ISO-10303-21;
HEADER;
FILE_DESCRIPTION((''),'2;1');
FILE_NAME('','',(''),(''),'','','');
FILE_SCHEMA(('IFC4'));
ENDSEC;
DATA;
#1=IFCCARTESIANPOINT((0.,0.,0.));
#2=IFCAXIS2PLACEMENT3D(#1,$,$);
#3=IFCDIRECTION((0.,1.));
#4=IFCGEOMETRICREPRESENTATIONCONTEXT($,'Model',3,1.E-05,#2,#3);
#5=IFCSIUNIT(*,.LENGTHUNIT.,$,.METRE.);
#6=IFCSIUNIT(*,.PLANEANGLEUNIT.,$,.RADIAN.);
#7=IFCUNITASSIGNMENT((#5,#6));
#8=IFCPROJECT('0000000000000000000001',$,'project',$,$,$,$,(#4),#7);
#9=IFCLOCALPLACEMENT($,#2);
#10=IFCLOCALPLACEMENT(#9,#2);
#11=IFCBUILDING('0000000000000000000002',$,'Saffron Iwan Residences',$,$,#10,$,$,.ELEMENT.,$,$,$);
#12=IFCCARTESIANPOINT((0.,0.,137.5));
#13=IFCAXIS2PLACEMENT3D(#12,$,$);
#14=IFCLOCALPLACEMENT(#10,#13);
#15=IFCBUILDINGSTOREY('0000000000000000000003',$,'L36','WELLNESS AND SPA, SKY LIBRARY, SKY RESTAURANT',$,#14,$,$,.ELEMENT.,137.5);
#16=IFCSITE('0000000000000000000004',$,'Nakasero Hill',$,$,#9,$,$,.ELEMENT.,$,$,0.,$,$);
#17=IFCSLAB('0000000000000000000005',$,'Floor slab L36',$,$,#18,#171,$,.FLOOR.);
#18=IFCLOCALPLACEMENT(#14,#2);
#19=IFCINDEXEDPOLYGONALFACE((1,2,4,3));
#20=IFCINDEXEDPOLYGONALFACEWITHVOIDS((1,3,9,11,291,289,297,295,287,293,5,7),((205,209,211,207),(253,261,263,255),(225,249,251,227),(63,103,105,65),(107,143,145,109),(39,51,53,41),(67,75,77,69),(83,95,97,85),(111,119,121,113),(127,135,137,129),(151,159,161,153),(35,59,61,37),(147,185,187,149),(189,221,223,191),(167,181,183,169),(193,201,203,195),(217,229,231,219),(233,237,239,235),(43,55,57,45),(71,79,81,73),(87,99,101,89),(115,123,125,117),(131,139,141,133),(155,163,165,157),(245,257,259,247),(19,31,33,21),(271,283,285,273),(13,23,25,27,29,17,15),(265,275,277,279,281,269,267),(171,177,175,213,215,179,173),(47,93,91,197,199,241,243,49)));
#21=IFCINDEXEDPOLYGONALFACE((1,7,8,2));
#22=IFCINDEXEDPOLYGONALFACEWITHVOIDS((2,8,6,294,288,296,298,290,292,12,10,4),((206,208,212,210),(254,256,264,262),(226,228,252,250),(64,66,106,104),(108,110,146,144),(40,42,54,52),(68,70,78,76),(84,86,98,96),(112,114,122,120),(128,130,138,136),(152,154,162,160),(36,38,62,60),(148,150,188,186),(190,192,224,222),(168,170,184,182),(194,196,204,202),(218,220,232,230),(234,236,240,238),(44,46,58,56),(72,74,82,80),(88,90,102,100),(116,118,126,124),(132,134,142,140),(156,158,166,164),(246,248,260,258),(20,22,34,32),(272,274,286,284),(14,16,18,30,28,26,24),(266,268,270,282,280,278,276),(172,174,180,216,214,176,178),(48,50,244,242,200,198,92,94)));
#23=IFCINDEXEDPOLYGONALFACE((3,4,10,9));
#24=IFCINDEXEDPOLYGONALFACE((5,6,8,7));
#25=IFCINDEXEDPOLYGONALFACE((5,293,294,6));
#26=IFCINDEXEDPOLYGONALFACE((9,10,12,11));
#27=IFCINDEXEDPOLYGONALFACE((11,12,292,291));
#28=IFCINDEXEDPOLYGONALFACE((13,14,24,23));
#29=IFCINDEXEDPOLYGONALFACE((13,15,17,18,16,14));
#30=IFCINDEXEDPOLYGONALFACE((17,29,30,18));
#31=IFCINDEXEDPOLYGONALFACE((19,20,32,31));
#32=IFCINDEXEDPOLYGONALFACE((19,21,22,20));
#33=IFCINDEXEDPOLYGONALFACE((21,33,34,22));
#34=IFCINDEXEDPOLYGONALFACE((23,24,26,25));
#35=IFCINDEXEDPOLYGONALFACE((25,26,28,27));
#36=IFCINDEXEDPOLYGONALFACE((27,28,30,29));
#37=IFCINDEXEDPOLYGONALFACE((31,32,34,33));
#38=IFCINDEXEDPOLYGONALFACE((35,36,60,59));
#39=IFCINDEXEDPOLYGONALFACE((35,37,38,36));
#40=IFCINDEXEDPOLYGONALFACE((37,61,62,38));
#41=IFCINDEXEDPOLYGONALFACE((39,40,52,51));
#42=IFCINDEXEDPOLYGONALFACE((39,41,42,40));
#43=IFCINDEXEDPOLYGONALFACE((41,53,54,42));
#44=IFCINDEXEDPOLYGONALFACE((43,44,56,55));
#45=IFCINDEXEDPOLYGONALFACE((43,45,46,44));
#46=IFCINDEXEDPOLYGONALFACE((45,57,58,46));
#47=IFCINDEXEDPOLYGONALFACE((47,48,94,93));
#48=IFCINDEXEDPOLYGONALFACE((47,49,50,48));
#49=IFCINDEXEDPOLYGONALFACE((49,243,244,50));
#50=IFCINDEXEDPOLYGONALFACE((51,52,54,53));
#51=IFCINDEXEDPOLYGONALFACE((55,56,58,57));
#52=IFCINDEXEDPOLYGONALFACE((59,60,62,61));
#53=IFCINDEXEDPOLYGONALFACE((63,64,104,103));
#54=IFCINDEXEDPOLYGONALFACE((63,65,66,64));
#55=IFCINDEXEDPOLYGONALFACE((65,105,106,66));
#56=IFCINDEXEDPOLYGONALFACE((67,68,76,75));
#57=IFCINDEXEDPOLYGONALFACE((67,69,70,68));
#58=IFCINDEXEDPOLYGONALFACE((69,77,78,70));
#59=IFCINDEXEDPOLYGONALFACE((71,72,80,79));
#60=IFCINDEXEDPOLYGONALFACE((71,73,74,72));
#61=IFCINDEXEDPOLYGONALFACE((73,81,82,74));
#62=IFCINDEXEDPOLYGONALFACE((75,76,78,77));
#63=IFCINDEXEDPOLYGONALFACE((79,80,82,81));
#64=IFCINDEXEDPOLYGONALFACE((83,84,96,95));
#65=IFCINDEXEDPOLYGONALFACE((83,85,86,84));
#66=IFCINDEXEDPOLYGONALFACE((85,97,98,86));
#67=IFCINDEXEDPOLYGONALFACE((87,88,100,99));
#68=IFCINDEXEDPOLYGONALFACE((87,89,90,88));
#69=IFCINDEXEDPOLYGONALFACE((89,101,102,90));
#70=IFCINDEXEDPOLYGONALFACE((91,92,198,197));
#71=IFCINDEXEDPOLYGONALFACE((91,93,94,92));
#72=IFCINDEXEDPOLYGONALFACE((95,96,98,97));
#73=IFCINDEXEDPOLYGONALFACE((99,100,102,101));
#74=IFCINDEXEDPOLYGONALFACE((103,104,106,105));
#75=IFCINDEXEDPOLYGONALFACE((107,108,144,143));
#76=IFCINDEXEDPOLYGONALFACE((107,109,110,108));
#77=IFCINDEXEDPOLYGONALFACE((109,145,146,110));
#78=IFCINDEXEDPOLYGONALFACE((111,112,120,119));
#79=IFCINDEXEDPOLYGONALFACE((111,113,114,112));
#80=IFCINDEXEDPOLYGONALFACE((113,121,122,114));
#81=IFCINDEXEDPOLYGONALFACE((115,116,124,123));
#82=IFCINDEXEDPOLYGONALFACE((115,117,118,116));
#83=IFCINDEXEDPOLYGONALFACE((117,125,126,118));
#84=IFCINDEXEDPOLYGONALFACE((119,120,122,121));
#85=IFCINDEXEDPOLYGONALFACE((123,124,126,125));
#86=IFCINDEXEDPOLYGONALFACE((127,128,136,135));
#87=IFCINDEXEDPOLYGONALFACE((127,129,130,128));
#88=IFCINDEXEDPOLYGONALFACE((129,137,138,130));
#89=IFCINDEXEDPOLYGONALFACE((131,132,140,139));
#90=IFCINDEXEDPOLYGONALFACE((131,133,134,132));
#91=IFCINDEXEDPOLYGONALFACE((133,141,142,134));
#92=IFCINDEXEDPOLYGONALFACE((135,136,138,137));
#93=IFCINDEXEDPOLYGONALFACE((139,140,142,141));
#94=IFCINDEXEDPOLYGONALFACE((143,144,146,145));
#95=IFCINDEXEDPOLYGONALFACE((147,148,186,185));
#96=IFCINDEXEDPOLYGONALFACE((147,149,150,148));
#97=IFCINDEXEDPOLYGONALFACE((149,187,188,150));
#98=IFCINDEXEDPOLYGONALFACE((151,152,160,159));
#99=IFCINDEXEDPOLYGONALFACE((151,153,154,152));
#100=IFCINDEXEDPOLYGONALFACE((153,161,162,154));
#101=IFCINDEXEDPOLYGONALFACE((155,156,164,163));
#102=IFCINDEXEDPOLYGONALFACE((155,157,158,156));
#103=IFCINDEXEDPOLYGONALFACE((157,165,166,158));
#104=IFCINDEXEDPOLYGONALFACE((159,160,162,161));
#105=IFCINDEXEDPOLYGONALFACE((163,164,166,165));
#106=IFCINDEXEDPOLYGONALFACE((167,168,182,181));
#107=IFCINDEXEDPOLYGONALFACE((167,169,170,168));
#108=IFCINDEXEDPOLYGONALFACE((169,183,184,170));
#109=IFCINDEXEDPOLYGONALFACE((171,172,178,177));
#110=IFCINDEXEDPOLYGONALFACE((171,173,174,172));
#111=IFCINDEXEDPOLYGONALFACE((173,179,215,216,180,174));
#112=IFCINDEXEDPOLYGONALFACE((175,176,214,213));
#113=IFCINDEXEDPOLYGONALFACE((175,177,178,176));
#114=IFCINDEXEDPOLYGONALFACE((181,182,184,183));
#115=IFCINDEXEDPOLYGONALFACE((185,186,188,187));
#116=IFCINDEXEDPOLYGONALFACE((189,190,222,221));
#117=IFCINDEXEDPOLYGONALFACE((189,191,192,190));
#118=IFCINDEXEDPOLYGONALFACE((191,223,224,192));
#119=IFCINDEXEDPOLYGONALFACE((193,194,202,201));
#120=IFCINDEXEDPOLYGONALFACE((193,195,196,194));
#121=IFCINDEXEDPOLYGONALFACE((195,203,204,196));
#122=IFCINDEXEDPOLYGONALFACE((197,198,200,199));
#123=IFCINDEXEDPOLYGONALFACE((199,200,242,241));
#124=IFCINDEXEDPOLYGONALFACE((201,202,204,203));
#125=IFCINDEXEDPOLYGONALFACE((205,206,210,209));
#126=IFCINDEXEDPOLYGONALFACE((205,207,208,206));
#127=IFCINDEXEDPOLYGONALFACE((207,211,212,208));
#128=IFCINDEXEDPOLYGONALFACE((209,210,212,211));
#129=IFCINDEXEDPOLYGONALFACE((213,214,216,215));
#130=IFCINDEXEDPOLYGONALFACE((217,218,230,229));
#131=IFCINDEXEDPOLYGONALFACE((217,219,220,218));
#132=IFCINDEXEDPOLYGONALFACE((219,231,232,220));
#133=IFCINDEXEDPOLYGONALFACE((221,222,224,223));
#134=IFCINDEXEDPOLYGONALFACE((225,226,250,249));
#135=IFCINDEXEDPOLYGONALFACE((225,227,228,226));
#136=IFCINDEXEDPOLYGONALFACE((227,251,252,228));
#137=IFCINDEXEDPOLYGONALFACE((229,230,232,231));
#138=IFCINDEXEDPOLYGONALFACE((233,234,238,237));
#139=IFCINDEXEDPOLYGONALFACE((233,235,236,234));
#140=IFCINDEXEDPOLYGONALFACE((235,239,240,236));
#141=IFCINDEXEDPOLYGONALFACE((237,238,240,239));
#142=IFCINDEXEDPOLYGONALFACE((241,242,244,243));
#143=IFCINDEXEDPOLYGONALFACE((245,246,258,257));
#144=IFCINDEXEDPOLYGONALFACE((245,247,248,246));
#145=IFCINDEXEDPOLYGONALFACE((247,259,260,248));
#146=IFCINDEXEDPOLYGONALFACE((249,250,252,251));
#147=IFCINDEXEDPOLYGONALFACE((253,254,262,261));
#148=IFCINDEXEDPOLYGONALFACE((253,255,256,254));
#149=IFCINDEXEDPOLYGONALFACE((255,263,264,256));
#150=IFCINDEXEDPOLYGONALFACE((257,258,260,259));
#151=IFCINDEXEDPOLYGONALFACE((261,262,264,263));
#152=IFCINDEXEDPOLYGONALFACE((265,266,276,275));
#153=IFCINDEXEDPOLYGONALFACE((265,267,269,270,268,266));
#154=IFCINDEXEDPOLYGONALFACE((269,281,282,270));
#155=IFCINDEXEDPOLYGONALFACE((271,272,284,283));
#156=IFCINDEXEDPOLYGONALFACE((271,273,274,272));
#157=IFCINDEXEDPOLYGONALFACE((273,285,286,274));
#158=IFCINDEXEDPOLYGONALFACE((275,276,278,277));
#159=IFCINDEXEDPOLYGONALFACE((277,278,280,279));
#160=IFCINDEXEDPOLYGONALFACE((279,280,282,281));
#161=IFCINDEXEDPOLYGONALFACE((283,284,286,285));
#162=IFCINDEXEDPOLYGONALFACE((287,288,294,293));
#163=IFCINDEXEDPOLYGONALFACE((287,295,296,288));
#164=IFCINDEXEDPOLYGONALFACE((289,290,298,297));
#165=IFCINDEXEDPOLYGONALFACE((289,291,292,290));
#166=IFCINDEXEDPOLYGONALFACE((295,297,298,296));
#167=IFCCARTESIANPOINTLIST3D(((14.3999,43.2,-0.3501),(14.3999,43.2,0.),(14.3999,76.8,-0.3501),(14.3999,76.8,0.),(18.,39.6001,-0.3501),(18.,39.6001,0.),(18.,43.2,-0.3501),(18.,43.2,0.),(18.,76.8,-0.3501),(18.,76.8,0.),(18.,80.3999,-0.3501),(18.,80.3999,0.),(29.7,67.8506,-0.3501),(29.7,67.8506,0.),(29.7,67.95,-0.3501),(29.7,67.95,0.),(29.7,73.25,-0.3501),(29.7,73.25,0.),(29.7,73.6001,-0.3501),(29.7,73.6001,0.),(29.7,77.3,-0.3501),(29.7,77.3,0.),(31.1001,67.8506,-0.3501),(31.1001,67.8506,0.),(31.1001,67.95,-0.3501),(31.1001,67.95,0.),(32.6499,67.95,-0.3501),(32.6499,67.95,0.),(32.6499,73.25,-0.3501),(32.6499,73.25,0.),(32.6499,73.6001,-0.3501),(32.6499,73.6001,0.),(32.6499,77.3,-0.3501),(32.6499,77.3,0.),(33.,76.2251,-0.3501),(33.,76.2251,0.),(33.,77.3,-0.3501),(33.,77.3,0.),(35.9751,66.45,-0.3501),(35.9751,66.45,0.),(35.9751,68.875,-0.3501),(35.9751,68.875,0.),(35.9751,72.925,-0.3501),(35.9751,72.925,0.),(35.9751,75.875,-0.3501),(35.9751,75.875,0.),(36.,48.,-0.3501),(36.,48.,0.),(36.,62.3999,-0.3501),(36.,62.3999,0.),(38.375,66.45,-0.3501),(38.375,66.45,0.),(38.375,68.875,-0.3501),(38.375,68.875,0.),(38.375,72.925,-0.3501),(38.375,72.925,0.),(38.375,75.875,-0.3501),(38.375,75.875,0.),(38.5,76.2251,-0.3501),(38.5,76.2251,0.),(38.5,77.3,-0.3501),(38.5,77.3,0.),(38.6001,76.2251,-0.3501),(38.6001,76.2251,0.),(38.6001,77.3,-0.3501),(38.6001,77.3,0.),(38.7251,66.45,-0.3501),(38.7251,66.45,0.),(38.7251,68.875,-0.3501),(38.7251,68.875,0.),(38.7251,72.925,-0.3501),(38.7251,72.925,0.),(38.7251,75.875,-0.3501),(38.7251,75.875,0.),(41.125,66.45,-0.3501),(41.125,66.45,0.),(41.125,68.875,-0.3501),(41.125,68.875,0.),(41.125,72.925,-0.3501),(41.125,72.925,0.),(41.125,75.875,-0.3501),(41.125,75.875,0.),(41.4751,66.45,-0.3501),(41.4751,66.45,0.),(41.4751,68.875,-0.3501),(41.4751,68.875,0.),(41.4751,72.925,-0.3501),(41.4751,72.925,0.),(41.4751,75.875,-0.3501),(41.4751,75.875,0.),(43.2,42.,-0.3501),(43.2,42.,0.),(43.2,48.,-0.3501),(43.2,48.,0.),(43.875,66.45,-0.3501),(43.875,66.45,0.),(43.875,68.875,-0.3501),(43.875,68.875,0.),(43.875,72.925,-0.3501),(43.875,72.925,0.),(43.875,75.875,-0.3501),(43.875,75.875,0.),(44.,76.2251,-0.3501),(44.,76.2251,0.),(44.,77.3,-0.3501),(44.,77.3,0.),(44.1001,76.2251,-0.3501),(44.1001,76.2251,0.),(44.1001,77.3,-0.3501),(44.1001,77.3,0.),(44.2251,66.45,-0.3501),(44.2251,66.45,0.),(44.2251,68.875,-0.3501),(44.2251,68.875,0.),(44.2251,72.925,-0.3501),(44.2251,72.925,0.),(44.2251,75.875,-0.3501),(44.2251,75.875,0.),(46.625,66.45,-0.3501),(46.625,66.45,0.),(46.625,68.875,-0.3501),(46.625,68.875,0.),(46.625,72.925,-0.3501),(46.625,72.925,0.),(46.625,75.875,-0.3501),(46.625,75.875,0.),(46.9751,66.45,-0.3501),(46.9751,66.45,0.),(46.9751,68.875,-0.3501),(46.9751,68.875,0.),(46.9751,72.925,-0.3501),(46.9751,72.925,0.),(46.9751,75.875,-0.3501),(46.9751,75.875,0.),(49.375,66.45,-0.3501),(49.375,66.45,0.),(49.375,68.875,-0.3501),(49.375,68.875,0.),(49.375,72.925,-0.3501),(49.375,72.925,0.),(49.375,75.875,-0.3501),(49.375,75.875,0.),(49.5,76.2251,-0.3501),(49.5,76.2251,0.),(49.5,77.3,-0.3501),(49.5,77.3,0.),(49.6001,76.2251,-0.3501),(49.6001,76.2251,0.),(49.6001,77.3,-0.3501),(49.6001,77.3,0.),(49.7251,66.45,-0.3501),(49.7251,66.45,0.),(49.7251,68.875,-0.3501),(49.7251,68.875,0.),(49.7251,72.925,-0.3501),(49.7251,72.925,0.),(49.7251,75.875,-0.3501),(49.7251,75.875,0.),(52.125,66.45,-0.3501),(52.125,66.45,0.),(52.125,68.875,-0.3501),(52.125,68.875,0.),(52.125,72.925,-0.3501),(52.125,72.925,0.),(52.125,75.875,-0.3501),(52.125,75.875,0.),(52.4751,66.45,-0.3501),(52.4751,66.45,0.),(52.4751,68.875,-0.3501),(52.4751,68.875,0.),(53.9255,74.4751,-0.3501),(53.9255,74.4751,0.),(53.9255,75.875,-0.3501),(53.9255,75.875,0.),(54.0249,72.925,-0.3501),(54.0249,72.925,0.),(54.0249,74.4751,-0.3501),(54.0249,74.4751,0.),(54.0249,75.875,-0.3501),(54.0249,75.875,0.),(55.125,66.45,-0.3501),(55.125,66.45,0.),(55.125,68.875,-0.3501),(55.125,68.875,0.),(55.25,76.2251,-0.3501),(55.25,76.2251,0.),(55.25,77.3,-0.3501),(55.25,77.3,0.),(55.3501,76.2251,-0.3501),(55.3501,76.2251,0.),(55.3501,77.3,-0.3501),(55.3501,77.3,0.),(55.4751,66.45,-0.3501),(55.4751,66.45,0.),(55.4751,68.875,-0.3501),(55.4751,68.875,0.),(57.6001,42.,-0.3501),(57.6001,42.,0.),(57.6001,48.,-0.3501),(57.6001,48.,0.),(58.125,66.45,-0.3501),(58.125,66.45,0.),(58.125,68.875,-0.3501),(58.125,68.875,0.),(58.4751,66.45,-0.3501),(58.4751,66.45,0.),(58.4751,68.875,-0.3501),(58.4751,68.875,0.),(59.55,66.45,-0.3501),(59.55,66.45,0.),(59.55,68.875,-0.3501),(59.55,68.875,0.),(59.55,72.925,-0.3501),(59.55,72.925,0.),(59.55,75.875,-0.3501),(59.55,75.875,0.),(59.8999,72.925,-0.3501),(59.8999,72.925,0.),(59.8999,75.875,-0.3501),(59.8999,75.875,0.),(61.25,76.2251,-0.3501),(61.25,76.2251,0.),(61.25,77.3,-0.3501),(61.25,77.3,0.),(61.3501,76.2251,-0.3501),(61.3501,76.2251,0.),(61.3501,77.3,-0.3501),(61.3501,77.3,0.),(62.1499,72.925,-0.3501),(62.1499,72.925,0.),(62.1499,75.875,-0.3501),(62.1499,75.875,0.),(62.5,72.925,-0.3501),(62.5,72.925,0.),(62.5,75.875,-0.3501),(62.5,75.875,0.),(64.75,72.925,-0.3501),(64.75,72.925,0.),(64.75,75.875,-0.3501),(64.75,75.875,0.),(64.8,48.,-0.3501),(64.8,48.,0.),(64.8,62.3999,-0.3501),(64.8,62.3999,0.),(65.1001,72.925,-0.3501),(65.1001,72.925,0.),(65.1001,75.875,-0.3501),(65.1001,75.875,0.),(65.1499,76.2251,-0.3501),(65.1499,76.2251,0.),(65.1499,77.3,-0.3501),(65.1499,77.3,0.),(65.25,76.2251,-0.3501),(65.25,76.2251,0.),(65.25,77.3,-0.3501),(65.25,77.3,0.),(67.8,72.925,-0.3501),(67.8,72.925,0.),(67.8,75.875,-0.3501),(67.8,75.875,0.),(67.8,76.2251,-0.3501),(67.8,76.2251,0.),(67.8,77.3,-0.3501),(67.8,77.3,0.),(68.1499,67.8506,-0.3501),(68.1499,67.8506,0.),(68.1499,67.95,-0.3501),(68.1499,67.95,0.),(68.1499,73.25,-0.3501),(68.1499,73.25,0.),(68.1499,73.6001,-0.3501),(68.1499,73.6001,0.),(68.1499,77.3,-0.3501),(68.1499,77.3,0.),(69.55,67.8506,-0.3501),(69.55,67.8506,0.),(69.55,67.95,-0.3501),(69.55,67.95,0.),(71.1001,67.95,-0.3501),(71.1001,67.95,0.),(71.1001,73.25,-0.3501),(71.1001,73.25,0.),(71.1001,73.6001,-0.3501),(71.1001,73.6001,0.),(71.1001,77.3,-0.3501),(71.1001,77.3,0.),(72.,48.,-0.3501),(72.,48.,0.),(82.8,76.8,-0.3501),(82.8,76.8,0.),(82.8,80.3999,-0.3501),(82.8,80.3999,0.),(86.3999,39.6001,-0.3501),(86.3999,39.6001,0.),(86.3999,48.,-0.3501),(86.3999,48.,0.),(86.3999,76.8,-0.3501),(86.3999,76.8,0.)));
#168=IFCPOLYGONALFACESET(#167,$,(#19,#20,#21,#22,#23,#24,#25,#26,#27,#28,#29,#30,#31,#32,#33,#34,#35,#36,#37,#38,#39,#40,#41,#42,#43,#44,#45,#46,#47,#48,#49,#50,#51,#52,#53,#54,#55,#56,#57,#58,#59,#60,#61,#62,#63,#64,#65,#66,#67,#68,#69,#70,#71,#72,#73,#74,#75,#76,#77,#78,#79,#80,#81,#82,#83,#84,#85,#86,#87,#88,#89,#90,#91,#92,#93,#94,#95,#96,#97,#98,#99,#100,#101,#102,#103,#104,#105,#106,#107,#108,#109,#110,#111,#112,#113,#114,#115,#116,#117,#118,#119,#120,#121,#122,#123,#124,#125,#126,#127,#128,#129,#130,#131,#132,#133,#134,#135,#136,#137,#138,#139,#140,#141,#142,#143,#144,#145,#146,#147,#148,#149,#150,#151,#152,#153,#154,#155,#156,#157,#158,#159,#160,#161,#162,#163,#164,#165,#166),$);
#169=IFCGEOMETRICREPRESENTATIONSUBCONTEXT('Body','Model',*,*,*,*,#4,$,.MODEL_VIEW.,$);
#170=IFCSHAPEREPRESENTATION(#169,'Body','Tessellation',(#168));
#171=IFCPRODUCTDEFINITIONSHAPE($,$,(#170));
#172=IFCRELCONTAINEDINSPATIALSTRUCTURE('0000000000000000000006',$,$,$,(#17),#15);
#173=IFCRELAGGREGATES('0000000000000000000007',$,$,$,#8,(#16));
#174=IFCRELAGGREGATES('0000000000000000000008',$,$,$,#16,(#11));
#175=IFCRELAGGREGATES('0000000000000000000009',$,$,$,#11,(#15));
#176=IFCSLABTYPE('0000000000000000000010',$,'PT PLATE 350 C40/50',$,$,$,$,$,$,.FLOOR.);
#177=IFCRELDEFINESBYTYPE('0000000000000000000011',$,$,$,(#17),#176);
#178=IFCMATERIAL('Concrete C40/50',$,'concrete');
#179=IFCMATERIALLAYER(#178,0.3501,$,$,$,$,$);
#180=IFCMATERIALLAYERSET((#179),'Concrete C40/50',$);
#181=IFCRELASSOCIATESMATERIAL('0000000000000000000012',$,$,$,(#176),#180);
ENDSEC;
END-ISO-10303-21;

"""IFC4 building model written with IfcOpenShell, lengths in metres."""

from ifc_helpers import new_model, si_unit, direction, frame, origin, place, context, subcontext, project, spatial, polyline, outline, extrude, material, layer, layer_set, type_object, element, save


model = new_model("IFC4")

# Units and contexts
model_context = context("Model", 3, precision=1e-05, world=origin(), true_north=direction((0.0, 1.0)))
body_context = subcontext(model_context, "Body", "Model", "MODEL_VIEW")
ifc_project = project(units=[si_unit("LENGTHUNIT", "METRE"), si_unit("PLANEANGLEUNIT", "RADIAN")], contexts=[model_context])

# Site, building, storey
site_placement = place(None, origin())
site = spatial("IfcSite", under=ifc_project, at=site_placement, Name="Nakasero Hill", CompositionType="ELEMENT", RefElevation=0.0)
building_placement = place(site_placement, origin())
building = spatial("IfcBuilding", under=site, at=building_placement, Name="Saffron Iwan Residences", CompositionType="ELEMENT")
storey_placement = place(building_placement, frame((0.0, 0.0, 137.5)))
storey = spatial("IfcBuildingStorey", under=building, at=storey_placement, Name="L36", Description="WELLNESS AND SPA, SKY LIBRARY, SKY RESTAURANT", CompositionType="ELEMENT", Elevation=137.5)

# Slab
ifc_material_1 = material(Name="Concrete C40/50", Category="concrete")
ifc_layer_1 = layer(ifc_material_1, 0.3501)
ifc_layer_set_1 = layer_set([ifc_layer_1], Name="Concrete C40/50")
slab_type_1 = type_object("IfcSlabType", Name="PT PLATE 350 C40/50", PredefinedType="FLOOR", material=ifc_layer_set_1)
slab_1_placement = place(storey_placement, frame((0.0, 0.0, -0.3501)))
element("IfcSlab", 1, at=slab_1_placement, inside=storey, type_object=slab_type_1, Name="Floor slab L36", PredefinedType="FLOOR", context=body_context, shape_type="SweptSolid", body=[
    extrude(outline(polyline([(14.3999, 43.2), (14.3999, 76.8), (18.0, 76.8), (18.0, 80.3999), (82.8, 80.3999), (82.8, 76.8), (86.3999, 76.8), (86.3999, 48.0), (72.0, 48.0), (86.3999, 39.6001), (18.0, 39.6001), (18.0, 43.2), (14.3999, 43.2)]), holes=[polyline([(64.8, 48.0), (64.8, 62.3999), (36.0, 62.3999), (36.0, 48.0), (43.2, 48.0), (43.2, 42.0), (57.6001, 42.0), (57.6001, 48.0), (64.8, 48.0)]), polyline([(38.375, 68.875), (35.9751, 68.875), (35.9751, 66.45), (38.375, 66.45), (38.375, 68.875)]), polyline([(41.125, 66.45), (41.125, 68.875), (38.7251, 68.875), (38.7251, 66.45), (41.125, 66.45)]), polyline([(43.875, 66.45), (43.875, 68.875), (41.4751, 68.875), (41.4751, 66.45), (43.875, 66.45)]), polyline([(46.625, 66.45), (46.625, 68.875), (44.2251, 68.875), (44.2251, 66.45), (46.625, 66.45)]), polyline([(49.375, 66.45), (49.375, 68.875), (46.9751, 68.875), (46.9751, 66.45), (49.375, 66.45)]), polyline([(32.6499, 73.25), (29.7, 73.25), (29.7, 67.95), (29.7, 67.8506), (31.1001, 67.8506), (31.1001, 67.95), (32.6499, 67.95), (32.6499, 73.25)]), polyline([(38.375, 72.925), (38.375, 75.875), (35.9751, 75.875), (35.9751, 72.925), (38.375, 72.925)]), polyline([(41.125, 72.925), (41.125, 75.875), (38.7251, 75.875), (38.7251, 72.925), (41.125, 72.925)]), polyline([(43.875, 72.925), (43.875, 75.875), (41.4751, 75.875), (41.4751, 72.925), (43.875, 72.925)]), polyline([(46.625, 72.925), (46.625, 75.875), (44.2251, 75.875), (44.2251, 72.925), (46.625, 72.925)]), polyline([(49.375, 72.925), (49.375, 75.875), (46.9751, 75.875), (46.9751, 72.925), (49.375, 72.925)]), polyline([(32.6499, 73.6001), (32.6499, 77.3), (29.7, 77.3), (29.7, 73.6001), (32.6499, 73.6001)]), polyline([(38.5, 76.2251), (38.5, 77.3), (33.0, 77.3), (33.0, 76.2251), (38.5, 76.2251)]), polyline([(44.0, 76.2251), (44.0, 77.3), (38.6001, 77.3), (38.6001, 76.2251), (44.0, 76.2251)]), polyline([(49.5, 76.2251), (49.5, 77.3), (44.1001, 77.3), (44.1001, 76.2251), (49.5, 76.2251)]), polyline([(52.125, 68.875), (49.7251, 68.875), (49.7251, 66.45), (52.125, 66.45), (52.125, 68.875)]), polyline([(55.125, 66.45), (55.125, 68.875), (52.4751, 68.875), (52.4751, 66.45), (55.125, 66.45)]), polyline([(58.125, 66.45), (58.125, 68.875), (55.4751, 68.875), (55.4751, 66.45), (58.125, 66.45)]), polyline([(59.55, 66.45), (59.55, 68.875), (58.4751, 68.875), (58.4751, 66.45), (59.55, 66.45)]), polyline([(71.1001, 73.25), (68.1499, 73.25), (68.1499, 67.95), (68.1499, 67.8506), (69.55, 67.8506), (69.55, 67.95), (71.1001, 67.95), (71.1001, 73.25)]), polyline([(52.125, 72.925), (52.125, 75.875), (49.7251, 75.875), (49.7251, 72.925), (52.125, 72.925)]), polyline([(53.9255, 74.4751), (54.0249, 74.4751), (54.0249, 72.925), (59.55, 72.925), (59.55, 75.875), (54.0249, 75.875), (53.9255, 75.875), (53.9255, 74.4751)]), polyline([(62.1499, 72.925), (62.1499, 75.875), (59.8999, 75.875), (59.8999, 72.925), (62.1499, 72.925)]), polyline([(64.75, 72.925), (64.75, 75.875), (62.5, 75.875), (62.5, 72.925), (64.75, 72.925)]), polyline([(67.8, 72.925), (67.8, 75.875), (65.1001, 75.875), (65.1001, 72.925), (67.8, 72.925)]), polyline([(71.1001, 73.6001), (71.1001, 77.3), (68.1499, 77.3), (68.1499, 73.6001), (71.1001, 73.6001)]), polyline([(55.25, 76.2251), (55.25, 77.3), (49.6001, 77.3), (49.6001, 76.2251), (55.25, 76.2251)]), polyline([(61.25, 76.2251), (61.25, 77.3), (55.3501, 77.3), (55.3501, 76.2251), (61.25, 76.2251)]), polyline([(65.1499, 76.2251), (65.1499, 77.3), (61.3501, 77.3), (61.3501, 76.2251), (65.1499, 76.2251)]), polyline([(67.8, 76.2251), (67.8, 77.3), (65.25, 77.3), (65.25, 76.2251), (67.8, 76.2251)])]), origin(), (0.0, 0.0, 1.0), 0.3501),
])

save(model, "model.ifc")
